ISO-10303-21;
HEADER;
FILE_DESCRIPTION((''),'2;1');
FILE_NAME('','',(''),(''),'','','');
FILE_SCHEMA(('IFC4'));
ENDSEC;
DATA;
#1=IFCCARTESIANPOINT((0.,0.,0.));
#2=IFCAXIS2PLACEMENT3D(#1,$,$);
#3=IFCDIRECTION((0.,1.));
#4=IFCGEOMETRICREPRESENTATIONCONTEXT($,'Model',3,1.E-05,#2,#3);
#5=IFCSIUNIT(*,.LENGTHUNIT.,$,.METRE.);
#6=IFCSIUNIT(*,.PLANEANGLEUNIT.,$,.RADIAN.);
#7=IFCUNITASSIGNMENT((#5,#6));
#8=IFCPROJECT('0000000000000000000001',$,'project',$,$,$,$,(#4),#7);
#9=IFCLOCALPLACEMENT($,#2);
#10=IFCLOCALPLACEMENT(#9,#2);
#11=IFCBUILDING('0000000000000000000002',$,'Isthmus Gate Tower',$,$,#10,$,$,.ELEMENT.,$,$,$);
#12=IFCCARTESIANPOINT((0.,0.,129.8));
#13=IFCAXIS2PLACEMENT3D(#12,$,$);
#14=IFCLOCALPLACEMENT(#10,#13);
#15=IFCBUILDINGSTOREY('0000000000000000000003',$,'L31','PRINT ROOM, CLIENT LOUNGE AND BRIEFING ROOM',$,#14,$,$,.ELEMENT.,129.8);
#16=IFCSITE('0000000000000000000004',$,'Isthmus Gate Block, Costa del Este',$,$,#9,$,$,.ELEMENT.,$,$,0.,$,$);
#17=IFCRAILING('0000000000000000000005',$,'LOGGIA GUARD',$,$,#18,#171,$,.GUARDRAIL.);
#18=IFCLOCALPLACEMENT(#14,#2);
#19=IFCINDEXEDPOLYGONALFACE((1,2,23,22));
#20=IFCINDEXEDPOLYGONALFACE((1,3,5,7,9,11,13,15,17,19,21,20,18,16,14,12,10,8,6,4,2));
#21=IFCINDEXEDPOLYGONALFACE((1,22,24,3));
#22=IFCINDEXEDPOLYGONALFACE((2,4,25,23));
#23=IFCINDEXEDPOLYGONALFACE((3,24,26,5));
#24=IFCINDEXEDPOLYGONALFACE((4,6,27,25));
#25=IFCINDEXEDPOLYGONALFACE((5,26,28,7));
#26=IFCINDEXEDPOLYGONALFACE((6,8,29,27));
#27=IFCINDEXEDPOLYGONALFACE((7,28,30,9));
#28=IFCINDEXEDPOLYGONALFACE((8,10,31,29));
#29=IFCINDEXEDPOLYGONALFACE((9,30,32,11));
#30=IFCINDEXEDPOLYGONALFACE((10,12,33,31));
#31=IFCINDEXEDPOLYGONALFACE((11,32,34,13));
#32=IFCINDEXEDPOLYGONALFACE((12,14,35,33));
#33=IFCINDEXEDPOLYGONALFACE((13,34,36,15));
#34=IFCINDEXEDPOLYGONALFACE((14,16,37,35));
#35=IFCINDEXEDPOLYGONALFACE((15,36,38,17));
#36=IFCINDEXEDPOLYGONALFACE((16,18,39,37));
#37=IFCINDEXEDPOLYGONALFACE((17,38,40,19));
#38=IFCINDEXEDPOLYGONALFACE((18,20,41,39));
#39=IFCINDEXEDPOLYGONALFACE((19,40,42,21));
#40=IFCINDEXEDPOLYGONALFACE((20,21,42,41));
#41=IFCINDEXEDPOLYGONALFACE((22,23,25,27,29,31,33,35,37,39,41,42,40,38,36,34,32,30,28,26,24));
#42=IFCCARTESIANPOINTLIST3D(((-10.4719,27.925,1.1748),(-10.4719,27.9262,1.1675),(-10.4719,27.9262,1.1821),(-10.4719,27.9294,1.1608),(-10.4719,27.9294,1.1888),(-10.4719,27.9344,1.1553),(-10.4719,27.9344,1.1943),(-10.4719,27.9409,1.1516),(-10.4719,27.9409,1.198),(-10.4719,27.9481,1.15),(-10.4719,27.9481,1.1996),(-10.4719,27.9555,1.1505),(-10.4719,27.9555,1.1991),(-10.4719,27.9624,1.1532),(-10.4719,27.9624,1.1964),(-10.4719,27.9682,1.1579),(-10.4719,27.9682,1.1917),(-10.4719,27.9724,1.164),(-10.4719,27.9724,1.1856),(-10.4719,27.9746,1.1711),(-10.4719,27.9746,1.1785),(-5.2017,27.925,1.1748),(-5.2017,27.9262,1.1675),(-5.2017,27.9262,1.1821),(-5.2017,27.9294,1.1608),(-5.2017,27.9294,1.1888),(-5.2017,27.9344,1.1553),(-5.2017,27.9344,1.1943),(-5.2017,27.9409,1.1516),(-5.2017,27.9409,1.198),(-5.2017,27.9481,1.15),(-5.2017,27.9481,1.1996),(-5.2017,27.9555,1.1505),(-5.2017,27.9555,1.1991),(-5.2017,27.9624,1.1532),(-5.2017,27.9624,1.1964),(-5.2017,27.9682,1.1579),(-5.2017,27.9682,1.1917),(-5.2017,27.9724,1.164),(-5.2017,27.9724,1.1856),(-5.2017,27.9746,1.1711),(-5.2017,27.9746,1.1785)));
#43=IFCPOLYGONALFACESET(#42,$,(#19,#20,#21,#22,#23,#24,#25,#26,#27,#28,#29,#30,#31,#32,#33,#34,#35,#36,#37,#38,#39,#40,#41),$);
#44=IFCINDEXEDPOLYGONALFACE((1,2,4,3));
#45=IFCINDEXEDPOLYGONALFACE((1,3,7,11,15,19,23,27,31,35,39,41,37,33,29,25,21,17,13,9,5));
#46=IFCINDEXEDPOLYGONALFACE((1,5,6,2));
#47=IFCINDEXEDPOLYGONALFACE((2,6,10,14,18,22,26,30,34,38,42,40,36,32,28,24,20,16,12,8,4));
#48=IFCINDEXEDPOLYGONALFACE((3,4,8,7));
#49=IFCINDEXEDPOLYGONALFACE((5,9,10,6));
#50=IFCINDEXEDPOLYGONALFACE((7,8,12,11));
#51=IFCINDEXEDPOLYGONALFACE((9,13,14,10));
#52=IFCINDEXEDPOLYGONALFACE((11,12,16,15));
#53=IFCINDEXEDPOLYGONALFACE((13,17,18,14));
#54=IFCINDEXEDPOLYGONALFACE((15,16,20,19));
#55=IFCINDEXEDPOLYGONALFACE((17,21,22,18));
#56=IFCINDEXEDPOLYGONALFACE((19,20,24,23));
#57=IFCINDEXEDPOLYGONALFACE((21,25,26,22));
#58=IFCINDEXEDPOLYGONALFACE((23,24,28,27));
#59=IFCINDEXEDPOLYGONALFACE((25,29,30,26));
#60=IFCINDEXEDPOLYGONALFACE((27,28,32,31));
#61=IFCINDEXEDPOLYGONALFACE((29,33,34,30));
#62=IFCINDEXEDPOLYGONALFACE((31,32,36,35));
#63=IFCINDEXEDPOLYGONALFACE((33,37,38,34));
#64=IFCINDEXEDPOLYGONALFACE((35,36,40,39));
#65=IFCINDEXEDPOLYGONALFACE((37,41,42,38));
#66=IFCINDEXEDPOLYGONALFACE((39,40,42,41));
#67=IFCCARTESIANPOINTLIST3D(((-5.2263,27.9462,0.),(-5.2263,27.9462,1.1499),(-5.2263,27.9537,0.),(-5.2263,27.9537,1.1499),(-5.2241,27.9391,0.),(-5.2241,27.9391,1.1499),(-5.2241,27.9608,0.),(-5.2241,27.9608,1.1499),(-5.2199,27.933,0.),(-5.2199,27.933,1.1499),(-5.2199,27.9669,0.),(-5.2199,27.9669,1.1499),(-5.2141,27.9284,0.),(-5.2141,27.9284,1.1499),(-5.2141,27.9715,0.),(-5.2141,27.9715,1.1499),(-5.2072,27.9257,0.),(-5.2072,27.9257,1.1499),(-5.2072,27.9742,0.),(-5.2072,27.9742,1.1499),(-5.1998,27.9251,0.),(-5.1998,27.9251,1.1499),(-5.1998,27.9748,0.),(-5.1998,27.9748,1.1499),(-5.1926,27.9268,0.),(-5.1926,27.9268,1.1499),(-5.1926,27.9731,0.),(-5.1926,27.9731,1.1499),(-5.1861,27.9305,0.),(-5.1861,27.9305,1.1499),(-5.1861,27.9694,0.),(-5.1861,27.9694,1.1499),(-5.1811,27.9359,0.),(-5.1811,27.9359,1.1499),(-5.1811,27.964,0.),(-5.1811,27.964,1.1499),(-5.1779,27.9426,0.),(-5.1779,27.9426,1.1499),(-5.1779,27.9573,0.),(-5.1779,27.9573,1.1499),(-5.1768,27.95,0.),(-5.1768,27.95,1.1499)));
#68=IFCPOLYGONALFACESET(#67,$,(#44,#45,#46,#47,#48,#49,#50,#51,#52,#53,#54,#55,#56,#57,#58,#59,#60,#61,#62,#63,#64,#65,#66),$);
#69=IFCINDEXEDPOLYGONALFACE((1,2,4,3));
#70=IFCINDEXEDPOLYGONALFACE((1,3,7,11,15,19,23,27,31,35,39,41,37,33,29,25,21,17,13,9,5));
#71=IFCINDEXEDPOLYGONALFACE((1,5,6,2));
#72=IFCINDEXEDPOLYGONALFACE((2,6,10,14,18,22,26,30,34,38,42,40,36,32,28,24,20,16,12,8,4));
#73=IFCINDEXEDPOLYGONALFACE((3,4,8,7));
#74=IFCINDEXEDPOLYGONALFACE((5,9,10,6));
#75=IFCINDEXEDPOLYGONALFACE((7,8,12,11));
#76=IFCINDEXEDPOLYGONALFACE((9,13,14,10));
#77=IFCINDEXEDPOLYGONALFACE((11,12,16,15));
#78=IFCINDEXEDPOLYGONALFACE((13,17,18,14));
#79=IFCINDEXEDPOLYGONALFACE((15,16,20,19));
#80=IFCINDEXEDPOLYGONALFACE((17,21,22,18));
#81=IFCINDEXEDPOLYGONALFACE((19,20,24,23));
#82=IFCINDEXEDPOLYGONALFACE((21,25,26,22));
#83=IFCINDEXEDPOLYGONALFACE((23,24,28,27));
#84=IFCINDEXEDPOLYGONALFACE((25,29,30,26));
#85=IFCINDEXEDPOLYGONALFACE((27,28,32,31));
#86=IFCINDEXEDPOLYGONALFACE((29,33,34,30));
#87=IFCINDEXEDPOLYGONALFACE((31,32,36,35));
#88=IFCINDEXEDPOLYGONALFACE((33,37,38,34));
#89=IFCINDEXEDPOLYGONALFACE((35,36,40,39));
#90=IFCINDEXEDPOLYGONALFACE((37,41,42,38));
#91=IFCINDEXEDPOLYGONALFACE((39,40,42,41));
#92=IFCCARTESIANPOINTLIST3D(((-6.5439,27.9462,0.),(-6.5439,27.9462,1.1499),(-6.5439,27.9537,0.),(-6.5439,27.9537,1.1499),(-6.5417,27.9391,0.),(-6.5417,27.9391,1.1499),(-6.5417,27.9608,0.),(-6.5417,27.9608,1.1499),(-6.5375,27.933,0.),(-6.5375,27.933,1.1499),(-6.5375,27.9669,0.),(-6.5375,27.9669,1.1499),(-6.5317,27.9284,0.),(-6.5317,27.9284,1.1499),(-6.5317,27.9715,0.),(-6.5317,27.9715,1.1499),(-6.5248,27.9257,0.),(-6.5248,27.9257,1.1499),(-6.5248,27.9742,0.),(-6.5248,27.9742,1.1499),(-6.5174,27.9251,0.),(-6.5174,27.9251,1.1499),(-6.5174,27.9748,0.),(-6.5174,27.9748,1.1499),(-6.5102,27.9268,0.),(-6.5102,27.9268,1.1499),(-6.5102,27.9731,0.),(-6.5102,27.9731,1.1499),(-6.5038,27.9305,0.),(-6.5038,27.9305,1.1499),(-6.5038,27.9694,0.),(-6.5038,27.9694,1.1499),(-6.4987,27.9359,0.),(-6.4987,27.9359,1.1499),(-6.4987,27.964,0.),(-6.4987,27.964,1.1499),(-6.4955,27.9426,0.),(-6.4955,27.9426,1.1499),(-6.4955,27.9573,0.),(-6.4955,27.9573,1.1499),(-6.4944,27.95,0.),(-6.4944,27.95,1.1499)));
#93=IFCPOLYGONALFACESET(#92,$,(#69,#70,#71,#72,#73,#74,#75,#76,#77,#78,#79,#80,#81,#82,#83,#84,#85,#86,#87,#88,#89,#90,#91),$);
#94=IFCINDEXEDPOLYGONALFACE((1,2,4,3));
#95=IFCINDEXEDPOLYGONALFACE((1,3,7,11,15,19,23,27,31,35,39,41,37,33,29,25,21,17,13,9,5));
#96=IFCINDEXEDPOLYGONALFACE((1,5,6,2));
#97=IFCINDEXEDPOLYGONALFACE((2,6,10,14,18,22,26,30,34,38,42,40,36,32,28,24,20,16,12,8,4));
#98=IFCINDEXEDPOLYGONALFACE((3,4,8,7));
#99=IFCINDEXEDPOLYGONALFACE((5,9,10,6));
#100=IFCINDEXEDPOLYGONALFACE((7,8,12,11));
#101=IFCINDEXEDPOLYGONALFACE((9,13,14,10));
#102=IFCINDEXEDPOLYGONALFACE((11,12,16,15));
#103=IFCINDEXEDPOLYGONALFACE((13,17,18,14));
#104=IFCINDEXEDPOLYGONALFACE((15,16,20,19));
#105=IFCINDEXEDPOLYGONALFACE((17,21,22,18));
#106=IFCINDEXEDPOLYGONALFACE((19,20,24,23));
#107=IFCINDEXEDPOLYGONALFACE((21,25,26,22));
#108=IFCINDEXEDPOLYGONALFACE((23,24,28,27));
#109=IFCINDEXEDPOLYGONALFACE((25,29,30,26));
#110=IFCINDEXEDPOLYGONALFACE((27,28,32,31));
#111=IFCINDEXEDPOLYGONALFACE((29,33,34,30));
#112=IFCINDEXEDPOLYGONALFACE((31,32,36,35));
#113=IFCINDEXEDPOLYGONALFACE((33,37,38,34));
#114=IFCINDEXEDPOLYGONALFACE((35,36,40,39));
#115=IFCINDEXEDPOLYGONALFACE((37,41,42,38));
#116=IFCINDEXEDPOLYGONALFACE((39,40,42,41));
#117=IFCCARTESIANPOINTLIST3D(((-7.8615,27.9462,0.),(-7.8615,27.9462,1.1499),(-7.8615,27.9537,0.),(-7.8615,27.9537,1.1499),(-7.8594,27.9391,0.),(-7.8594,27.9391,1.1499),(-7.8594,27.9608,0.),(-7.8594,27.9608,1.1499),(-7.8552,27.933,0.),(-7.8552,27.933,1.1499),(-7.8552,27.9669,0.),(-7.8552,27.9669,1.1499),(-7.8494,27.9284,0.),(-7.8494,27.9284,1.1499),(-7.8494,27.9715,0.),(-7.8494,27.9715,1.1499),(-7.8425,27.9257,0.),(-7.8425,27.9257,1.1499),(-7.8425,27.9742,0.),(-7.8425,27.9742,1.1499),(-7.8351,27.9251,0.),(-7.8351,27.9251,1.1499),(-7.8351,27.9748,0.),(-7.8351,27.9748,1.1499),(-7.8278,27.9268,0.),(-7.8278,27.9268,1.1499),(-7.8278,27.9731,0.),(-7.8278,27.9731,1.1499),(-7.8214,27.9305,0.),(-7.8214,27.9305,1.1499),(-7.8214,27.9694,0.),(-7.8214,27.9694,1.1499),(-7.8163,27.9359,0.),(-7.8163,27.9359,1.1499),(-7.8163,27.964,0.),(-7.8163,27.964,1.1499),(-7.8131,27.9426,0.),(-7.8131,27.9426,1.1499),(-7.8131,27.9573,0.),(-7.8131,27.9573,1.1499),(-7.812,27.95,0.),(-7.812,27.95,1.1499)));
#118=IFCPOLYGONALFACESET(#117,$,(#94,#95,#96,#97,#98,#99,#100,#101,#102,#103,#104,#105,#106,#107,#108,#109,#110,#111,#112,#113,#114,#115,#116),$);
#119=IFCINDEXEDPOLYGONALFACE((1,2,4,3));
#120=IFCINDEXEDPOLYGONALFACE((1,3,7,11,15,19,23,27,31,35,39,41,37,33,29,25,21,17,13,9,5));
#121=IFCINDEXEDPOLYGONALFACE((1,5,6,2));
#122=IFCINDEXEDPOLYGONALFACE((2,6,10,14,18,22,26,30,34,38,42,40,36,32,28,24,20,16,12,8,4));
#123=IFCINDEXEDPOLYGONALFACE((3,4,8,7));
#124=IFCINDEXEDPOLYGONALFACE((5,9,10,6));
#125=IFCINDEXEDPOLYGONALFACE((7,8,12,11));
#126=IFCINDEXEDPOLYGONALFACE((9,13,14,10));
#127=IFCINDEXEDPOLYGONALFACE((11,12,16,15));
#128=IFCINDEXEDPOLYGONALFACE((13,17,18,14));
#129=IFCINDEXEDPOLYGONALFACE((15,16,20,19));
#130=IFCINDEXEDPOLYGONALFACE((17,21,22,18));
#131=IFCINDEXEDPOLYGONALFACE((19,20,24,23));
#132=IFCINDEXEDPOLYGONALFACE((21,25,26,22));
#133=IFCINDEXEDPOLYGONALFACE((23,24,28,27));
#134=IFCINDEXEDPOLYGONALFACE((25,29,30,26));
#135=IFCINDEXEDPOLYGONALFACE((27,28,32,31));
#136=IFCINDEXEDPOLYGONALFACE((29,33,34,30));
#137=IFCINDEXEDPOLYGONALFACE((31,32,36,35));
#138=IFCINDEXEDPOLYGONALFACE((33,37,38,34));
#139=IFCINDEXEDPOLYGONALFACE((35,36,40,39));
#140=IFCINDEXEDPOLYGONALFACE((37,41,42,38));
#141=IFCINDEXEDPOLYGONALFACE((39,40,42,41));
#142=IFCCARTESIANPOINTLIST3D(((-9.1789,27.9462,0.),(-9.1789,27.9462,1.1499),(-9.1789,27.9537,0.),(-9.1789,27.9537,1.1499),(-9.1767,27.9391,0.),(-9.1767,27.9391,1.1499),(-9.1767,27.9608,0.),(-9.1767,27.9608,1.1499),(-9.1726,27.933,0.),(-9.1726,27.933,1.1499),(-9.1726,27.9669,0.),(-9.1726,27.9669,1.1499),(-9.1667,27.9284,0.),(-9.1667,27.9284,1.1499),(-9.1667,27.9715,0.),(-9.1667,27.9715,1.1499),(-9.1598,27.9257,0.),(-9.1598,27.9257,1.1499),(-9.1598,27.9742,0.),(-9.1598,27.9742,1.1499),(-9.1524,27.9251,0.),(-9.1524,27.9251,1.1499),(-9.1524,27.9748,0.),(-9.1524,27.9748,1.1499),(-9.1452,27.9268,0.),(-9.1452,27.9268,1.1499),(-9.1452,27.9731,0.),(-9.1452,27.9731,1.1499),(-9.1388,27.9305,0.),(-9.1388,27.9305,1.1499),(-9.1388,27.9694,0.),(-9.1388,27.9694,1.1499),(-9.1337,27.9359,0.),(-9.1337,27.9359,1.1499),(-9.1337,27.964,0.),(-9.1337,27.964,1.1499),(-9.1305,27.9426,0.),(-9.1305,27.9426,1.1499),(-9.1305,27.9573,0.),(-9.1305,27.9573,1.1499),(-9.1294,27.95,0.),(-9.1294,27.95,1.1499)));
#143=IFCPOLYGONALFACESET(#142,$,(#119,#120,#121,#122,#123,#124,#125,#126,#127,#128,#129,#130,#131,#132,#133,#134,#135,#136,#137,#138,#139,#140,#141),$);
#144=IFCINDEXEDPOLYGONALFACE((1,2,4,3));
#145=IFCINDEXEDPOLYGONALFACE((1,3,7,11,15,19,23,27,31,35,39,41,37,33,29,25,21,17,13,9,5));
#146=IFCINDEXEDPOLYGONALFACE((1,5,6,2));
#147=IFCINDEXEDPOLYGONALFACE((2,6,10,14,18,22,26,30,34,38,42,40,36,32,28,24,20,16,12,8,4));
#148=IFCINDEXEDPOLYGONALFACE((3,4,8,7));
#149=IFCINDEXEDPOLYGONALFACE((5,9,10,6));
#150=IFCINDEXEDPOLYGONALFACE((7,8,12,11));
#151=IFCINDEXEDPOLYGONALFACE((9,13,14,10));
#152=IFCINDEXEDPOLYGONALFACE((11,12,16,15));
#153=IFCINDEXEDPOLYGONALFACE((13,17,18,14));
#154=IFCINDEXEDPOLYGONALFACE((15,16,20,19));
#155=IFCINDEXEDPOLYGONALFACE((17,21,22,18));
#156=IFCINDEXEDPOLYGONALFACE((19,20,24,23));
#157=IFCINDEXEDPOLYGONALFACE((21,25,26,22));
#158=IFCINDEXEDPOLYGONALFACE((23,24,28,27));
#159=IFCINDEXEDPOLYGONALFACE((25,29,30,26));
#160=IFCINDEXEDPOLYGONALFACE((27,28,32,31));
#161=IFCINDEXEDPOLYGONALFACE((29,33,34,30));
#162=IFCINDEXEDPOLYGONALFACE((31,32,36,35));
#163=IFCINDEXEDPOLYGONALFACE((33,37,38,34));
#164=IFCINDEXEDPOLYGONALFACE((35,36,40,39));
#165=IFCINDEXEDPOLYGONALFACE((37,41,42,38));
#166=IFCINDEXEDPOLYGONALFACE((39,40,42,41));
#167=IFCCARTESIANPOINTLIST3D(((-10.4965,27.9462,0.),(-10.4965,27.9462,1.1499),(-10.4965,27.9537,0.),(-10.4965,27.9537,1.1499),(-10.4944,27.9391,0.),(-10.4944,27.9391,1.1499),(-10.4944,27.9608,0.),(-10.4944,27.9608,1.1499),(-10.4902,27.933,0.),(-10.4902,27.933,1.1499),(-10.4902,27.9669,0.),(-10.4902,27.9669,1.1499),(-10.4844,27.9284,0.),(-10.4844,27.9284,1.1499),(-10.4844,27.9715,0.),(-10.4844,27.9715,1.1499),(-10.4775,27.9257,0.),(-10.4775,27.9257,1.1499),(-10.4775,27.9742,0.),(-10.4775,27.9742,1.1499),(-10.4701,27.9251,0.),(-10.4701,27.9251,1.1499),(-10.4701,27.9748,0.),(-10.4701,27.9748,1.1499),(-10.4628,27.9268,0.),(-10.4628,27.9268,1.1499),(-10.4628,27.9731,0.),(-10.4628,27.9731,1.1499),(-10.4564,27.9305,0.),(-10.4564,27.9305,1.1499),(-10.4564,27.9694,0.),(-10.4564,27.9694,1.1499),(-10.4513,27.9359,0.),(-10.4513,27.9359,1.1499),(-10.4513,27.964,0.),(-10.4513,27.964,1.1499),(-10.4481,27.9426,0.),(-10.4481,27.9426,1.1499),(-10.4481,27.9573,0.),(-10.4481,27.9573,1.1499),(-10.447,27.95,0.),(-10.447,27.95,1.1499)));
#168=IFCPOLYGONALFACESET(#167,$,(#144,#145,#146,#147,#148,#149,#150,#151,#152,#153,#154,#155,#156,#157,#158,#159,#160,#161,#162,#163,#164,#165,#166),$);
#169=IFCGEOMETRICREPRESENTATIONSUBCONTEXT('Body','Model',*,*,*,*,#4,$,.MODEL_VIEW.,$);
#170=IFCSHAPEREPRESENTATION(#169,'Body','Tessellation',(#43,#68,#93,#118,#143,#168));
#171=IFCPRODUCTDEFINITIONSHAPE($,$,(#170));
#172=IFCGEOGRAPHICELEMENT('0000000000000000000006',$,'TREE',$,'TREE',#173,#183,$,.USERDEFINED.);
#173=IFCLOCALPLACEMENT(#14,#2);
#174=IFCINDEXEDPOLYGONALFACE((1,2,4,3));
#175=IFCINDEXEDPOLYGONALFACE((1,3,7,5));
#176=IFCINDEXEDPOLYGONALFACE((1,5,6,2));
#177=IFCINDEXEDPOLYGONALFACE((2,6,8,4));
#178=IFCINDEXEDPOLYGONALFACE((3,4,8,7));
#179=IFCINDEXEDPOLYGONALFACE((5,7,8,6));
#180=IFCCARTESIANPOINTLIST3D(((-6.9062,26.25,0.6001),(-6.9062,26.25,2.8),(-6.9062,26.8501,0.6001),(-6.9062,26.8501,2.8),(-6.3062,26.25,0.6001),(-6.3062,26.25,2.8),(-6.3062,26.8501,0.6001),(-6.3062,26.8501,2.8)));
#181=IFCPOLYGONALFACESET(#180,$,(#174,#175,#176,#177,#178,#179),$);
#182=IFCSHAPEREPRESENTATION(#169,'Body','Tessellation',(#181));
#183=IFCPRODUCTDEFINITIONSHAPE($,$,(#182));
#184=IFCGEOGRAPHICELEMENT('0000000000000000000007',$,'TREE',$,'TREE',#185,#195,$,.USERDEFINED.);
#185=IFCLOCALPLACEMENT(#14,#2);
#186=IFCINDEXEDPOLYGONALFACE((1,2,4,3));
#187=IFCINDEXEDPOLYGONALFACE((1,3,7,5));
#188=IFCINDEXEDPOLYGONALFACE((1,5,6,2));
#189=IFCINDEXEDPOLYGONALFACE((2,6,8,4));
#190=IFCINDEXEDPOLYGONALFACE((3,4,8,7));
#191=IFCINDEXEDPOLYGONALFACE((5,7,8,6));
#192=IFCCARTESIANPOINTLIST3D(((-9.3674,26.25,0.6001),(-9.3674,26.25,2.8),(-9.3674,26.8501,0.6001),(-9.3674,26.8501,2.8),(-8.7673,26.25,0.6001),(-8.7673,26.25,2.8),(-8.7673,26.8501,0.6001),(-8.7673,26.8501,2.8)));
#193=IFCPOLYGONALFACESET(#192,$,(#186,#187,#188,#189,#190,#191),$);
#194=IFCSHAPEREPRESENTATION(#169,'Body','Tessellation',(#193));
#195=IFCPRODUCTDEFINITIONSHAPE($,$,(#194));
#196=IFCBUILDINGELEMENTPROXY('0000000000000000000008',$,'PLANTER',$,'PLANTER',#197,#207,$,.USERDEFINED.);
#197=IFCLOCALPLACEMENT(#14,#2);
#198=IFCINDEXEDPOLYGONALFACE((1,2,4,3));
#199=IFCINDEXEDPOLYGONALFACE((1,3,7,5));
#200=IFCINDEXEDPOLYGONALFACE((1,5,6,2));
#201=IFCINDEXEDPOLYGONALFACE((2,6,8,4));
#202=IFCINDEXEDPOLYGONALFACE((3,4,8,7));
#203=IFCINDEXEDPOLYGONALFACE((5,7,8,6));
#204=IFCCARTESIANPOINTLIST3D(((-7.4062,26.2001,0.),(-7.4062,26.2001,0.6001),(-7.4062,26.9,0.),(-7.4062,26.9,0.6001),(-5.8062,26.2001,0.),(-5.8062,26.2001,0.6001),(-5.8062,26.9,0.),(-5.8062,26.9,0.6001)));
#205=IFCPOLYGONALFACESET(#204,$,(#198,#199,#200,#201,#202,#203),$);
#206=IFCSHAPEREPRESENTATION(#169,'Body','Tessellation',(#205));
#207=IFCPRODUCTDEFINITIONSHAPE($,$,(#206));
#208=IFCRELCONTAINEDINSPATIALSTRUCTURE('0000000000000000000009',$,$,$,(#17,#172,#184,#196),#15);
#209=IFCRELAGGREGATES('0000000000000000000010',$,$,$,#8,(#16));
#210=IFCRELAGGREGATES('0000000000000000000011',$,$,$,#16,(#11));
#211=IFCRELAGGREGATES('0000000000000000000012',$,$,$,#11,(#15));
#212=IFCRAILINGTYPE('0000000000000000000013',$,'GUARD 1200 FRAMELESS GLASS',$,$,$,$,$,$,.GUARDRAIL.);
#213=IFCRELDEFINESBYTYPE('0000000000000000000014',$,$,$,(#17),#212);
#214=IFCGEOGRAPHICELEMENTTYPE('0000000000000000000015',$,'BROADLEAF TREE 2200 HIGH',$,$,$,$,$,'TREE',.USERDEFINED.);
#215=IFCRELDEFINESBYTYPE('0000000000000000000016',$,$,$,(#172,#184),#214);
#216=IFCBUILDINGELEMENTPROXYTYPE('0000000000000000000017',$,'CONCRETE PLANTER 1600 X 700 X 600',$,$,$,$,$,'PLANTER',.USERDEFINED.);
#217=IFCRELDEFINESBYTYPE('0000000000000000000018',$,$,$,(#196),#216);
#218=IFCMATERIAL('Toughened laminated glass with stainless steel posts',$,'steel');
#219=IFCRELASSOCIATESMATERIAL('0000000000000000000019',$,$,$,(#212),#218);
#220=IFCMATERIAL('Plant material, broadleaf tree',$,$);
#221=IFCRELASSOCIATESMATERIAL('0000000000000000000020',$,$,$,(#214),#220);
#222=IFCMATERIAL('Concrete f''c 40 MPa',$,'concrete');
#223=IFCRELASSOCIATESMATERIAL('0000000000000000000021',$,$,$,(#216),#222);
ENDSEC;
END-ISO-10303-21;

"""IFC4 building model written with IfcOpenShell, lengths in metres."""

from ifc_helpers import new_model, si_unit, direction, frame, origin, origin_2d, place, context, subcontext, project, spatial, rectangle, circle, extrude, material, type_object, element, save


model = new_model("IFC4")

# Units and contexts
model_context = context("Model", 3, precision=1e-05, world=origin(), true_north=direction((0.0, 1.0)))
body_context = subcontext(model_context, "Body", "Model", "MODEL_VIEW")
ifc_project = project(units=[si_unit("LENGTHUNIT", "METRE"), si_unit("PLANEANGLEUNIT", "RADIAN")], contexts=[model_context])

# Site, building, storey
site_placement = place(None, origin())
site = spatial("IfcSite", under=ifc_project, at=site_placement, Name="Isthmus Gate Block, Costa del Este", CompositionType="ELEMENT", RefElevation=0.0)
building_placement = place(site_placement, origin())
building = spatial("IfcBuilding", under=site, at=building_placement, Name="Isthmus Gate Tower", CompositionType="ELEMENT")
storey_placement = place(building_placement, frame((0.0, 0.0, 129.8)))
storey = spatial("IfcBuildingStorey", under=building, at=storey_placement, Name="L31", Description="PRINT ROOM, CLIENT LOUNGE AND BRIEFING ROOM", CompositionType="ELEMENT", Elevation=129.8)

# Railing
ifc_material_1 = material(Name="Toughened laminated glass with stainless steel posts", Category="steel")
railing_type = type_object("IfcRailingType", Name="GUARD 1200 FRAMELESS GLASS", PredefinedType="GUARDRAIL", material=ifc_material_1)
railing_placement = place(storey_placement, frame((-5.2017, 27.95, 0.0)))
element("IfcRailing", 1, at=railing_placement, inside=storey, type_object=railing_type, Name="LOGGIA GUARD", PredefinedType="GUARDRAIL", context=body_context, shape_type="SweptSolid", body=[
    extrude(circle(Radius=0.0249, at=origin_2d()), frame((0.0, 0.0, 1.1748), z_axis=(-1.0, 0.0, 0.0), x_axis=(0.0, -1.0, 0.0)), (0.0, 0.0, 1.0), 5.2703),
    extrude(circle(Radius=0.0249, at=origin_2d()), origin(), (0.0, 0.0, 1.0), 1.1499),
    extrude(circle(Radius=0.0249, at=origin_2d()), frame((-1.3176, 0.0, 0.0)), (0.0, 0.0, 1.0), 1.1499),
    extrude(circle(Radius=0.0249, at=origin_2d()), frame((-2.6353, 0.0, 0.0)), (0.0, 0.0, 1.0), 1.1499),
    extrude(circle(Radius=0.0249, at=origin_2d()), frame((-3.9526, 0.0, 0.0)), (0.0, 0.0, 1.0), 1.1499),
    extrude(circle(Radius=0.0249, at=origin_2d()), frame((-5.2703, 0.0, 0.0)), (0.0, 0.0, 1.0), 1.1499),
])

# Geographic elements
ifc_material_2 = material(Name="Plant material, broadleaf tree")
geographic_element_type = type_object("IfcGeographicElementType", Name="BROADLEAF TREE 2200 HIGH", ElementType="TREE", PredefinedType="USERDEFINED", material=ifc_material_2)
for number, where, z_axis, x_axis, name in (
    (2, (-6.6062, 26.55, 0.6001), (0.0, 0.0, 1.0), (-1.0, 0.0, 0.0), "TREE"),
    (3, (-9.0674, 26.55, 0.6001), (0.0, 0.0, 1.0), (-1.0, 0.0, 0.0), "TREE"),
):
    element("IfcGeographicElement", number, at=place(storey_placement, frame(where, z_axis=z_axis, x_axis=x_axis)), inside=storey, type_object=geographic_element_type, Name=name, ObjectType="TREE", PredefinedType="USERDEFINED", context=body_context, shape_type="SweptSolid", body=[
        extrude(rectangle(XDim=0.6001, YDim=0.6001, at=origin_2d()), origin(), (0.0, 0.0, 1.0), 2.2),
    ])

# Building element proxy
ifc_material_3 = material(Name="Concrete f'c 40 MPa", Category="concrete")
building_element_proxy_type = type_object("IfcBuildingElementProxyType", Name="CONCRETE PLANTER 1600 X 700 X 600", ElementType="PLANTER", PredefinedType="USERDEFINED", material=ifc_material_3)
for number, where, z_axis, x_axis, name in (
    (4, (-6.6062, 26.55, 0.0), (0.0, 0.0, 1.0), (-1.0, 0.0, 0.0), "PLANTER"),
):
    element("IfcBuildingElementProxy", number, at=place(storey_placement, frame(where, z_axis=z_axis, x_axis=x_axis)), inside=storey, type_object=building_element_proxy_type, Name=name, ObjectType="PLANTER", PredefinedType="USERDEFINED", context=body_context, shape_type="SweptSolid", body=[
        extrude(rectangle(XDim=1.6001, YDim=0.7, at=origin_2d()), origin(), (0.0, 0.0, 1.0), 0.6001),
    ])

save(model, "model.ifc")
